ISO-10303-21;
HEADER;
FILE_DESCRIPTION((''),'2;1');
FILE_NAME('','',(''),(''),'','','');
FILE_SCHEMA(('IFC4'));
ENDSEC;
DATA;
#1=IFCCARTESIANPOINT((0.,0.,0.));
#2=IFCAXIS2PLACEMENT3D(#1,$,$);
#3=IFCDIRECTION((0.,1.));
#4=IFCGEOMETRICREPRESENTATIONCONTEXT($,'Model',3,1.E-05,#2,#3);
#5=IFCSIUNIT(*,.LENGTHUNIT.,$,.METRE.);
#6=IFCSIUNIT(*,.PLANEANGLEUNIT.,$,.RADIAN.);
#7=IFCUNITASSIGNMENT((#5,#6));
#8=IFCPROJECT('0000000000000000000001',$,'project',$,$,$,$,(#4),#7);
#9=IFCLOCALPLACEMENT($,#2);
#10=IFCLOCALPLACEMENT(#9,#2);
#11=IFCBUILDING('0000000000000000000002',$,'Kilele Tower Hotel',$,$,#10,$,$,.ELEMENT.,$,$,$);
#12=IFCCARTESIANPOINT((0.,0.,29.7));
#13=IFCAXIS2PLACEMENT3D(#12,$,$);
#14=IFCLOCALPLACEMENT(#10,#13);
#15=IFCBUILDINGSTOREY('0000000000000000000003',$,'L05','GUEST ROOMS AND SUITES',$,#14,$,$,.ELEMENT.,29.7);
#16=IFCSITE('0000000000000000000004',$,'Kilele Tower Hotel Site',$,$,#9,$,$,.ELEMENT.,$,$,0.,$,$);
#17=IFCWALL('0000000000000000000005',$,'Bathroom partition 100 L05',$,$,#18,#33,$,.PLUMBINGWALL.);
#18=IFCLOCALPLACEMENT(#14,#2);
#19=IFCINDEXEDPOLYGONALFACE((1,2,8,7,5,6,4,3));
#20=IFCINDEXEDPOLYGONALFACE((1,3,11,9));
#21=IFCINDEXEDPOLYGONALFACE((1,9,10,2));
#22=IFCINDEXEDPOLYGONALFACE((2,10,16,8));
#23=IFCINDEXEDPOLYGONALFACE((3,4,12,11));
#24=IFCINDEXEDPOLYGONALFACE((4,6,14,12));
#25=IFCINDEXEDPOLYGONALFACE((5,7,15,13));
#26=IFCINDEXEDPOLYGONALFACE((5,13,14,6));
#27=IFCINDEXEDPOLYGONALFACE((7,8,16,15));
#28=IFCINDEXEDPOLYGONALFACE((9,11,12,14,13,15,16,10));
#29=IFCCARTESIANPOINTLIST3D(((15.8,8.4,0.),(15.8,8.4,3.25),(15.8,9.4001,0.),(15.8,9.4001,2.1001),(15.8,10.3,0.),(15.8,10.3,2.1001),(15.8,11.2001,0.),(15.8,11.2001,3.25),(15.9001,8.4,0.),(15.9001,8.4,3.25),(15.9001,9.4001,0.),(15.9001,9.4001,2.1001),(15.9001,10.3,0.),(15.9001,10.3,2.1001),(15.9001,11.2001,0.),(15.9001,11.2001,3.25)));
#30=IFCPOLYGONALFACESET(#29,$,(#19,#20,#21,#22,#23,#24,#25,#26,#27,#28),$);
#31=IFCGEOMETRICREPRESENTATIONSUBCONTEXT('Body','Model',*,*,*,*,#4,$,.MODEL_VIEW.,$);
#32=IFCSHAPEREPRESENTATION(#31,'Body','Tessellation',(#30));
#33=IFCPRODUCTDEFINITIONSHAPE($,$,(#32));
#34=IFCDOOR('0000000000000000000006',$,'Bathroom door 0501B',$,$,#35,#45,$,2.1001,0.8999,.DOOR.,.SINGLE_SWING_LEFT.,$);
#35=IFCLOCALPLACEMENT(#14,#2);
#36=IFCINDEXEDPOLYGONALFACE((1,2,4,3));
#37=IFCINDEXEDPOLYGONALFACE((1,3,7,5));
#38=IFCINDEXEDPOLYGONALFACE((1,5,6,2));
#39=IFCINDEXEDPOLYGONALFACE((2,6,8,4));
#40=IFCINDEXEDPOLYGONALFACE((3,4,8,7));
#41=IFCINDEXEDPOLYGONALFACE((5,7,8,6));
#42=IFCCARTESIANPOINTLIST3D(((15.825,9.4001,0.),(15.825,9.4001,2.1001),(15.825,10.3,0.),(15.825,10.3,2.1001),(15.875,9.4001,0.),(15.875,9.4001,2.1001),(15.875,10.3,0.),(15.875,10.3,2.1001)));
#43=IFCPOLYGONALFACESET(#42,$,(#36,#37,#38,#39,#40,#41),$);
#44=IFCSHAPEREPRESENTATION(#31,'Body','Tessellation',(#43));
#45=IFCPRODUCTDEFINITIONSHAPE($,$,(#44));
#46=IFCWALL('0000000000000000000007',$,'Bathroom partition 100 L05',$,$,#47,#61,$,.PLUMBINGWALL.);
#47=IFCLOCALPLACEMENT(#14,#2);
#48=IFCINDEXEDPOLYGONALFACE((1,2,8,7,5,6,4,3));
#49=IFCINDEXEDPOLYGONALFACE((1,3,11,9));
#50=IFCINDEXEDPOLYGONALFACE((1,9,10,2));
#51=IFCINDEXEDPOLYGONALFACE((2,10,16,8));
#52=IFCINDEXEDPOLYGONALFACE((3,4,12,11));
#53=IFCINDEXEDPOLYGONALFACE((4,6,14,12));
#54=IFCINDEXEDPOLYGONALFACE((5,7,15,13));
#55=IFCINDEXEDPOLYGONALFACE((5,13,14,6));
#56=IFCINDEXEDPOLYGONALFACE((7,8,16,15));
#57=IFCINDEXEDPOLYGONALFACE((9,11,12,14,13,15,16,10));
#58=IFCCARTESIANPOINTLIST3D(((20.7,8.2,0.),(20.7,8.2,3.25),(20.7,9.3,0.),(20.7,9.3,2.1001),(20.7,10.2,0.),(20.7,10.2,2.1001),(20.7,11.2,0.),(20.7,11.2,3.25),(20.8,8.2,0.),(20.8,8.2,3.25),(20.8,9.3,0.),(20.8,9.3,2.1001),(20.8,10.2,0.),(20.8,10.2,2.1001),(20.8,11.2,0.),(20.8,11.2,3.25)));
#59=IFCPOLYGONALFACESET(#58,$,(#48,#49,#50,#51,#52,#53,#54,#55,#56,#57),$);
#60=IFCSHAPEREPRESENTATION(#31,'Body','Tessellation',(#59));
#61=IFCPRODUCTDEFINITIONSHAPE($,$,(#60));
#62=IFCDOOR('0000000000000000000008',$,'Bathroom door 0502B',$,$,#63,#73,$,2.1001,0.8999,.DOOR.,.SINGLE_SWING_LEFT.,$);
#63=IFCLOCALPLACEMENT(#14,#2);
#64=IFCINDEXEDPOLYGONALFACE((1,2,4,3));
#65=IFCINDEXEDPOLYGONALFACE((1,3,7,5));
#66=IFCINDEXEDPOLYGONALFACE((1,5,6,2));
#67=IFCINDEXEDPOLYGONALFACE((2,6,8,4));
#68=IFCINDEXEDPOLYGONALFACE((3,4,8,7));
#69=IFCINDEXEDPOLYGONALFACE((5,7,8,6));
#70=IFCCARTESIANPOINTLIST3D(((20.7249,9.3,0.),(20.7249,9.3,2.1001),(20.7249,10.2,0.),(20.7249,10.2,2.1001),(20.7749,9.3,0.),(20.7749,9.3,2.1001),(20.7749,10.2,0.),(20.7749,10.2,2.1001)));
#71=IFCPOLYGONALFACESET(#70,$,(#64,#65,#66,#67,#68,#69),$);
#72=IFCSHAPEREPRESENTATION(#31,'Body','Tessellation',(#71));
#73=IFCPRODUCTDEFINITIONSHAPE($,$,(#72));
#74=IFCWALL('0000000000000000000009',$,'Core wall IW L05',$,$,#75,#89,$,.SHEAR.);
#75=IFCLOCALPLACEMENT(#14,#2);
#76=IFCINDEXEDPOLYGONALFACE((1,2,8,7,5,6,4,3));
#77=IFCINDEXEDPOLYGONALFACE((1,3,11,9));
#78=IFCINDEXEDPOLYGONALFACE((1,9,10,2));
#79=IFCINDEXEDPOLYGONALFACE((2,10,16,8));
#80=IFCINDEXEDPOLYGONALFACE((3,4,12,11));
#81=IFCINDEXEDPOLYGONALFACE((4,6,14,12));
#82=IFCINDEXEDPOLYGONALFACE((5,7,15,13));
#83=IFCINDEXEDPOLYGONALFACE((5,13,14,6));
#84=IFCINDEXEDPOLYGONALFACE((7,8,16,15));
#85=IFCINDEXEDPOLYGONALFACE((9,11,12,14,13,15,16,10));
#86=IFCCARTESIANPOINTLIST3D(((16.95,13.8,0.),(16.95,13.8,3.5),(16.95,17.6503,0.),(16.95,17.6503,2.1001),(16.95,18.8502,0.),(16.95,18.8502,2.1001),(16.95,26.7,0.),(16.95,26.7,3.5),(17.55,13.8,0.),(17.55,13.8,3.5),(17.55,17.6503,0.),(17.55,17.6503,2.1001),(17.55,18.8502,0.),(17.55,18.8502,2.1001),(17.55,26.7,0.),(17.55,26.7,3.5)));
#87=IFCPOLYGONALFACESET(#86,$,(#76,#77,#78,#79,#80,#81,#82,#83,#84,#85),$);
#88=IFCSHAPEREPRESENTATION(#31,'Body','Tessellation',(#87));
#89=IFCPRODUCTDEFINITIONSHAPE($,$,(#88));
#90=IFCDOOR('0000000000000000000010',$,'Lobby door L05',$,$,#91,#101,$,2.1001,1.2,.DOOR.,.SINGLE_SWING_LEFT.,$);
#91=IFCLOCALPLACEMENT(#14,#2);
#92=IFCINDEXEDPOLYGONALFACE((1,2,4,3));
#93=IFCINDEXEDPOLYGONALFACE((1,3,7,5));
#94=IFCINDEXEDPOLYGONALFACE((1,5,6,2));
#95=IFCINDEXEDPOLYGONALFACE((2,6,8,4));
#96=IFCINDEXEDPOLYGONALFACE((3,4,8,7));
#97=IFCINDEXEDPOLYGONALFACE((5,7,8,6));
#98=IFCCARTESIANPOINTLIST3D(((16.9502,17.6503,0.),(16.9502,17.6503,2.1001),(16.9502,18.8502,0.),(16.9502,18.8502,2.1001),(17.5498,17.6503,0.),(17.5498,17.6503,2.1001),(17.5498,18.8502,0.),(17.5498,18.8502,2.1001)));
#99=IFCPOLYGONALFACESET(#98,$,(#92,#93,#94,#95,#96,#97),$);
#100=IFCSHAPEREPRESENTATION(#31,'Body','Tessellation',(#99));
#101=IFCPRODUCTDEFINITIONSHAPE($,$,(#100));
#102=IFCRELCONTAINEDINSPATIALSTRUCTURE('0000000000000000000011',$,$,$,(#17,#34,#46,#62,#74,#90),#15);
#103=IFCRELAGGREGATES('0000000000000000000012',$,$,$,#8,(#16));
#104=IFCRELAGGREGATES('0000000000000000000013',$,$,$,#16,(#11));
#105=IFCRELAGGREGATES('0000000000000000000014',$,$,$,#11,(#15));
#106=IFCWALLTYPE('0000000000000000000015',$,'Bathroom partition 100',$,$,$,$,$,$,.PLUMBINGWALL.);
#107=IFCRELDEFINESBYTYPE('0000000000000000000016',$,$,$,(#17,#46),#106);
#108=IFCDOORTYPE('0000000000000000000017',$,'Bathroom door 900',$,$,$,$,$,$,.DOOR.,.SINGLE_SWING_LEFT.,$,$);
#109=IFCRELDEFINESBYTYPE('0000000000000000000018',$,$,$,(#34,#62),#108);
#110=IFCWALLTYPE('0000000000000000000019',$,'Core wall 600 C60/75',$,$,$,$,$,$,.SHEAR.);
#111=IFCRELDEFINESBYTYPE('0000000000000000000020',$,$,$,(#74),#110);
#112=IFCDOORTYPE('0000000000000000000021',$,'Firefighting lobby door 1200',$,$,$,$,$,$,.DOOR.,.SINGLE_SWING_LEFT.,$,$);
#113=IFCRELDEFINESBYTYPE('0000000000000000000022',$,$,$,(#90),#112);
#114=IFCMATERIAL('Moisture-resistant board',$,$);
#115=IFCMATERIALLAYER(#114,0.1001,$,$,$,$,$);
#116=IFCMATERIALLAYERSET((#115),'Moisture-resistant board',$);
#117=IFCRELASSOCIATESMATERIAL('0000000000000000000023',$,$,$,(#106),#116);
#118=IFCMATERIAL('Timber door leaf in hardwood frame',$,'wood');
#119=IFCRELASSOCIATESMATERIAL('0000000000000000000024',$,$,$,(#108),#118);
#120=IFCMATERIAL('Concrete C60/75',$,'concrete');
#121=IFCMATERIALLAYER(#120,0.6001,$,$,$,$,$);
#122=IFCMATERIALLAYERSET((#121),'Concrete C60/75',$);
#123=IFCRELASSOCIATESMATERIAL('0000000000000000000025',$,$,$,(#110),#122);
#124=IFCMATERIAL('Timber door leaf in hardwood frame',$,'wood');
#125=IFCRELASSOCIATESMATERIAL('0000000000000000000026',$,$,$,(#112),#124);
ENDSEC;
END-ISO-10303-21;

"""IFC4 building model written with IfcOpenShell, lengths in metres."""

from ifc_helpers import new_model, si_unit, direction, frame, frame_2d, origin, place, context, subcontext, project, spatial, rectangle, extrude, material, layer, layer_set, type_object, element, fill, save


model = new_model("IFC4")

# Units and contexts
model_context = context("Model", 3, precision=1e-05, world=origin(), true_north=direction((0.0, 1.0)))
body_context = subcontext(model_context, "Body", "Model", "MODEL_VIEW")
ifc_project = project(units=[si_unit("LENGTHUNIT", "METRE"), si_unit("PLANEANGLEUNIT", "RADIAN")], contexts=[model_context])

# Site, building, storey
site_placement = place(None, origin())
site = spatial("IfcSite", under=ifc_project, at=site_placement, Name="Kilele Tower Hotel Site", CompositionType="ELEMENT", RefElevation=0.0)
building_placement = place(site_placement, origin())
building = spatial("IfcBuilding", under=site, at=building_placement, Name="Kilele Tower Hotel", CompositionType="ELEMENT")
storey_placement = place(building_placement, frame((0.0, 0.0, 29.7)))
storey = spatial("IfcBuildingStorey", under=building, at=storey_placement, Name="L05", Description="GUEST ROOMS AND SUITES", CompositionType="ELEMENT", Elevation=29.7)

# Walls, openings, doors
ifc_material_1 = material(Name="Moisture-resistant board")
ifc_layer_1 = layer(ifc_material_1, 0.1001)
ifc_layer_set_1 = layer_set([ifc_layer_1], Name="Moisture-resistant board")
wall_type_1 = type_object("IfcWallType", Name="Bathroom partition 100", PredefinedType="PLUMBINGWALL", material=ifc_layer_set_1)
wall_1_placement = place(storey_placement, frame((15.8501, 11.2, 0.0), z_axis=(0.0, 0.0, 1.0), x_axis=(0.0, -1.0, 0.0)))
wall_1 = element("IfcWall", 1, at=wall_1_placement, inside=storey, type_object=wall_type_1, Name="Bathroom partition 100 L05", PredefinedType="PLUMBINGWALL", context=body_context, shape_type="SweptSolid", body=[
    extrude(rectangle(XDim=2.8, YDim=0.1001, at=frame_2d((1.3999, 0.0))), origin(), (0.0, 0.0, 1.0), 3.25),
])
opening_1_placement = place(wall_1_placement, frame((0.8999, 0.0, 0.0)))
opening_1 = element("IfcOpeningElement", 2, at=opening_1_placement, cuts=wall_1, PredefinedType="OPENING", context=body_context, shape_type="SweptSolid", body=[
    extrude(rectangle(XDim=0.8999, YDim=2.1001, at=frame_2d((0.45, 1.05))), frame((0.0, 0.0601, 0.0), z_axis=(0.0, -1.0, 0.0), x_axis=(1.0, 0.0, 0.0)), (0.0, 0.0, 1.0), 0.1201),
])
ifc_material_2 = material(Name="Timber door leaf in hardwood frame", Category="wood")
door_type_1 = type_object("IfcDoorType", Name="Bathroom door 900", OperationType="SINGLE_SWING_LEFT", PredefinedType="DOOR", material=ifc_material_2)
door_1_placement = place(opening_1_placement, origin())
door_1 = element("IfcDoor", 3, at=door_1_placement, inside=storey, type_object=door_type_1, Name="Bathroom door 0501B", OperationType="SINGLE_SWING_LEFT", OverallHeight=2.1001, OverallWidth=0.8999, PredefinedType="DOOR", context=body_context, shape_type="SweptSolid", body=[
    extrude(rectangle(XDim=0.8999, YDim=2.1001, at=frame_2d((0.45, 1.05))), frame((0.0, 0.0249, 0.0), z_axis=(0.0, -1.0, 0.0), x_axis=(1.0, 0.0, 0.0)), (0.0, 0.0, 1.0), 0.05),
])
fill(opening_1, door_1)
wall_2_placement = place(storey_placement, frame((20.75, 11.2, 0.0), z_axis=(0.0, 0.0, 1.0), x_axis=(0.0, -1.0, 0.0)))
wall_2 = element("IfcWall", 4, at=wall_2_placement, inside=storey, type_object=wall_type_1, Name="Bathroom partition 100 L05", PredefinedType="PLUMBINGWALL", context=body_context, shape_type="SweptSolid", body=[
    extrude(rectangle(XDim=3.0, YDim=0.1001, at=frame_2d((1.5, 0.0))), origin(), (0.0, 0.0, 1.0), 3.25),
])
opening_2_placement = place(wall_2_placement, frame((1.0, 0.0, 0.0)))
opening_2 = element("IfcOpeningElement", 5, at=opening_2_placement, cuts=wall_2, PredefinedType="OPENING", context=body_context, shape_type="SweptSolid", body=[
    extrude(rectangle(XDim=0.8999, YDim=2.1001, at=frame_2d((0.45, 1.05))), frame((0.0, 0.0601, 0.0), z_axis=(0.0, -1.0, 0.0), x_axis=(1.0, 0.0, 0.0)), (0.0, 0.0, 1.0), 0.1201),
])
door_2_placement = place(opening_2_placement, origin())
door_2 = element("IfcDoor", 6, at=door_2_placement, inside=storey, type_object=door_type_1, Name="Bathroom door 0502B", OperationType="SINGLE_SWING_LEFT", OverallHeight=2.1001, OverallWidth=0.8999, PredefinedType="DOOR", context=body_context, shape_type="SweptSolid", body=[
    extrude(rectangle(XDim=0.8999, YDim=2.1001, at=frame_2d((0.45, 1.05))), frame((0.0, 0.0249, 0.0), z_axis=(0.0, -1.0, 0.0), x_axis=(1.0, 0.0, 0.0)), (0.0, 0.0, 1.0), 0.05),
])
fill(opening_2, door_2)
ifc_material_3 = material(Name="Concrete C60/75", Category="concrete")
ifc_layer_2 = layer(ifc_material_3, 0.6001)
ifc_layer_set_2 = layer_set([ifc_layer_2], Name="Concrete C60/75")
wall_type_2 = type_object("IfcWallType", Name="Core wall 600 C60/75", PredefinedType="SHEAR", material=ifc_layer_set_2)
wall_3_placement = place(storey_placement, frame((17.25, 13.8, 0.0), z_axis=(0.0, 0.0, 1.0), x_axis=(0.0, 1.0, 0.0)))
wall_3 = element("IfcWall", 7, at=wall_3_placement, inside=storey, type_object=wall_type_2, Name="Core wall IW L05", PredefinedType="SHEAR", context=body_context, shape_type="SweptSolid", body=[
    extrude(rectangle(XDim=12.8999, YDim=0.6001, at=frame_2d((6.45, 0.0))), origin(), (0.0, 0.0, 1.0), 3.5),
])
opening_3_placement = place(wall_3_placement, frame((3.8501, 0.0, 0.0)))
opening_3 = element("IfcOpeningElement", 8, at=opening_3_placement, cuts=wall_3, PredefinedType="OPENING", context=body_context, shape_type="SweptSolid", body=[
    extrude(rectangle(XDim=1.2, YDim=2.1001, at=frame_2d((0.6001, 1.05))), frame((0.0, 0.3101, 0.0), z_axis=(0.0, -1.0, 0.0), x_axis=(1.0, 0.0, 0.0)), (0.0, 0.0, 1.0), 0.6201),
])
ifc_material_4 = material(Name="Timber door leaf in hardwood frame", Category="wood")
door_type_2 = type_object("IfcDoorType", Name="Firefighting lobby door 1200", OperationType="SINGLE_SWING_LEFT", PredefinedType="DOOR", material=ifc_material_4)
door_3_placement = place(opening_3_placement, origin())
door_3 = element("IfcDoor", 9, at=door_3_placement, inside=storey, type_object=door_type_2, Name="Lobby door L05", OperationType="SINGLE_SWING_LEFT", OverallHeight=2.1001, OverallWidth=1.2, PredefinedType="DOOR", context=body_context, shape_type="SweptSolid", body=[
    extrude(rectangle(XDim=1.2, YDim=2.1001, at=frame_2d((0.6001, 1.05))), frame((0.0, 0.2998, 0.0), z_axis=(0.0, -1.0, 0.0), x_axis=(1.0, 0.0, 0.0)), (0.0, 0.0, 1.0), 0.5996),
])
fill(opening_3, door_3)

save(model, "model.ifc")
